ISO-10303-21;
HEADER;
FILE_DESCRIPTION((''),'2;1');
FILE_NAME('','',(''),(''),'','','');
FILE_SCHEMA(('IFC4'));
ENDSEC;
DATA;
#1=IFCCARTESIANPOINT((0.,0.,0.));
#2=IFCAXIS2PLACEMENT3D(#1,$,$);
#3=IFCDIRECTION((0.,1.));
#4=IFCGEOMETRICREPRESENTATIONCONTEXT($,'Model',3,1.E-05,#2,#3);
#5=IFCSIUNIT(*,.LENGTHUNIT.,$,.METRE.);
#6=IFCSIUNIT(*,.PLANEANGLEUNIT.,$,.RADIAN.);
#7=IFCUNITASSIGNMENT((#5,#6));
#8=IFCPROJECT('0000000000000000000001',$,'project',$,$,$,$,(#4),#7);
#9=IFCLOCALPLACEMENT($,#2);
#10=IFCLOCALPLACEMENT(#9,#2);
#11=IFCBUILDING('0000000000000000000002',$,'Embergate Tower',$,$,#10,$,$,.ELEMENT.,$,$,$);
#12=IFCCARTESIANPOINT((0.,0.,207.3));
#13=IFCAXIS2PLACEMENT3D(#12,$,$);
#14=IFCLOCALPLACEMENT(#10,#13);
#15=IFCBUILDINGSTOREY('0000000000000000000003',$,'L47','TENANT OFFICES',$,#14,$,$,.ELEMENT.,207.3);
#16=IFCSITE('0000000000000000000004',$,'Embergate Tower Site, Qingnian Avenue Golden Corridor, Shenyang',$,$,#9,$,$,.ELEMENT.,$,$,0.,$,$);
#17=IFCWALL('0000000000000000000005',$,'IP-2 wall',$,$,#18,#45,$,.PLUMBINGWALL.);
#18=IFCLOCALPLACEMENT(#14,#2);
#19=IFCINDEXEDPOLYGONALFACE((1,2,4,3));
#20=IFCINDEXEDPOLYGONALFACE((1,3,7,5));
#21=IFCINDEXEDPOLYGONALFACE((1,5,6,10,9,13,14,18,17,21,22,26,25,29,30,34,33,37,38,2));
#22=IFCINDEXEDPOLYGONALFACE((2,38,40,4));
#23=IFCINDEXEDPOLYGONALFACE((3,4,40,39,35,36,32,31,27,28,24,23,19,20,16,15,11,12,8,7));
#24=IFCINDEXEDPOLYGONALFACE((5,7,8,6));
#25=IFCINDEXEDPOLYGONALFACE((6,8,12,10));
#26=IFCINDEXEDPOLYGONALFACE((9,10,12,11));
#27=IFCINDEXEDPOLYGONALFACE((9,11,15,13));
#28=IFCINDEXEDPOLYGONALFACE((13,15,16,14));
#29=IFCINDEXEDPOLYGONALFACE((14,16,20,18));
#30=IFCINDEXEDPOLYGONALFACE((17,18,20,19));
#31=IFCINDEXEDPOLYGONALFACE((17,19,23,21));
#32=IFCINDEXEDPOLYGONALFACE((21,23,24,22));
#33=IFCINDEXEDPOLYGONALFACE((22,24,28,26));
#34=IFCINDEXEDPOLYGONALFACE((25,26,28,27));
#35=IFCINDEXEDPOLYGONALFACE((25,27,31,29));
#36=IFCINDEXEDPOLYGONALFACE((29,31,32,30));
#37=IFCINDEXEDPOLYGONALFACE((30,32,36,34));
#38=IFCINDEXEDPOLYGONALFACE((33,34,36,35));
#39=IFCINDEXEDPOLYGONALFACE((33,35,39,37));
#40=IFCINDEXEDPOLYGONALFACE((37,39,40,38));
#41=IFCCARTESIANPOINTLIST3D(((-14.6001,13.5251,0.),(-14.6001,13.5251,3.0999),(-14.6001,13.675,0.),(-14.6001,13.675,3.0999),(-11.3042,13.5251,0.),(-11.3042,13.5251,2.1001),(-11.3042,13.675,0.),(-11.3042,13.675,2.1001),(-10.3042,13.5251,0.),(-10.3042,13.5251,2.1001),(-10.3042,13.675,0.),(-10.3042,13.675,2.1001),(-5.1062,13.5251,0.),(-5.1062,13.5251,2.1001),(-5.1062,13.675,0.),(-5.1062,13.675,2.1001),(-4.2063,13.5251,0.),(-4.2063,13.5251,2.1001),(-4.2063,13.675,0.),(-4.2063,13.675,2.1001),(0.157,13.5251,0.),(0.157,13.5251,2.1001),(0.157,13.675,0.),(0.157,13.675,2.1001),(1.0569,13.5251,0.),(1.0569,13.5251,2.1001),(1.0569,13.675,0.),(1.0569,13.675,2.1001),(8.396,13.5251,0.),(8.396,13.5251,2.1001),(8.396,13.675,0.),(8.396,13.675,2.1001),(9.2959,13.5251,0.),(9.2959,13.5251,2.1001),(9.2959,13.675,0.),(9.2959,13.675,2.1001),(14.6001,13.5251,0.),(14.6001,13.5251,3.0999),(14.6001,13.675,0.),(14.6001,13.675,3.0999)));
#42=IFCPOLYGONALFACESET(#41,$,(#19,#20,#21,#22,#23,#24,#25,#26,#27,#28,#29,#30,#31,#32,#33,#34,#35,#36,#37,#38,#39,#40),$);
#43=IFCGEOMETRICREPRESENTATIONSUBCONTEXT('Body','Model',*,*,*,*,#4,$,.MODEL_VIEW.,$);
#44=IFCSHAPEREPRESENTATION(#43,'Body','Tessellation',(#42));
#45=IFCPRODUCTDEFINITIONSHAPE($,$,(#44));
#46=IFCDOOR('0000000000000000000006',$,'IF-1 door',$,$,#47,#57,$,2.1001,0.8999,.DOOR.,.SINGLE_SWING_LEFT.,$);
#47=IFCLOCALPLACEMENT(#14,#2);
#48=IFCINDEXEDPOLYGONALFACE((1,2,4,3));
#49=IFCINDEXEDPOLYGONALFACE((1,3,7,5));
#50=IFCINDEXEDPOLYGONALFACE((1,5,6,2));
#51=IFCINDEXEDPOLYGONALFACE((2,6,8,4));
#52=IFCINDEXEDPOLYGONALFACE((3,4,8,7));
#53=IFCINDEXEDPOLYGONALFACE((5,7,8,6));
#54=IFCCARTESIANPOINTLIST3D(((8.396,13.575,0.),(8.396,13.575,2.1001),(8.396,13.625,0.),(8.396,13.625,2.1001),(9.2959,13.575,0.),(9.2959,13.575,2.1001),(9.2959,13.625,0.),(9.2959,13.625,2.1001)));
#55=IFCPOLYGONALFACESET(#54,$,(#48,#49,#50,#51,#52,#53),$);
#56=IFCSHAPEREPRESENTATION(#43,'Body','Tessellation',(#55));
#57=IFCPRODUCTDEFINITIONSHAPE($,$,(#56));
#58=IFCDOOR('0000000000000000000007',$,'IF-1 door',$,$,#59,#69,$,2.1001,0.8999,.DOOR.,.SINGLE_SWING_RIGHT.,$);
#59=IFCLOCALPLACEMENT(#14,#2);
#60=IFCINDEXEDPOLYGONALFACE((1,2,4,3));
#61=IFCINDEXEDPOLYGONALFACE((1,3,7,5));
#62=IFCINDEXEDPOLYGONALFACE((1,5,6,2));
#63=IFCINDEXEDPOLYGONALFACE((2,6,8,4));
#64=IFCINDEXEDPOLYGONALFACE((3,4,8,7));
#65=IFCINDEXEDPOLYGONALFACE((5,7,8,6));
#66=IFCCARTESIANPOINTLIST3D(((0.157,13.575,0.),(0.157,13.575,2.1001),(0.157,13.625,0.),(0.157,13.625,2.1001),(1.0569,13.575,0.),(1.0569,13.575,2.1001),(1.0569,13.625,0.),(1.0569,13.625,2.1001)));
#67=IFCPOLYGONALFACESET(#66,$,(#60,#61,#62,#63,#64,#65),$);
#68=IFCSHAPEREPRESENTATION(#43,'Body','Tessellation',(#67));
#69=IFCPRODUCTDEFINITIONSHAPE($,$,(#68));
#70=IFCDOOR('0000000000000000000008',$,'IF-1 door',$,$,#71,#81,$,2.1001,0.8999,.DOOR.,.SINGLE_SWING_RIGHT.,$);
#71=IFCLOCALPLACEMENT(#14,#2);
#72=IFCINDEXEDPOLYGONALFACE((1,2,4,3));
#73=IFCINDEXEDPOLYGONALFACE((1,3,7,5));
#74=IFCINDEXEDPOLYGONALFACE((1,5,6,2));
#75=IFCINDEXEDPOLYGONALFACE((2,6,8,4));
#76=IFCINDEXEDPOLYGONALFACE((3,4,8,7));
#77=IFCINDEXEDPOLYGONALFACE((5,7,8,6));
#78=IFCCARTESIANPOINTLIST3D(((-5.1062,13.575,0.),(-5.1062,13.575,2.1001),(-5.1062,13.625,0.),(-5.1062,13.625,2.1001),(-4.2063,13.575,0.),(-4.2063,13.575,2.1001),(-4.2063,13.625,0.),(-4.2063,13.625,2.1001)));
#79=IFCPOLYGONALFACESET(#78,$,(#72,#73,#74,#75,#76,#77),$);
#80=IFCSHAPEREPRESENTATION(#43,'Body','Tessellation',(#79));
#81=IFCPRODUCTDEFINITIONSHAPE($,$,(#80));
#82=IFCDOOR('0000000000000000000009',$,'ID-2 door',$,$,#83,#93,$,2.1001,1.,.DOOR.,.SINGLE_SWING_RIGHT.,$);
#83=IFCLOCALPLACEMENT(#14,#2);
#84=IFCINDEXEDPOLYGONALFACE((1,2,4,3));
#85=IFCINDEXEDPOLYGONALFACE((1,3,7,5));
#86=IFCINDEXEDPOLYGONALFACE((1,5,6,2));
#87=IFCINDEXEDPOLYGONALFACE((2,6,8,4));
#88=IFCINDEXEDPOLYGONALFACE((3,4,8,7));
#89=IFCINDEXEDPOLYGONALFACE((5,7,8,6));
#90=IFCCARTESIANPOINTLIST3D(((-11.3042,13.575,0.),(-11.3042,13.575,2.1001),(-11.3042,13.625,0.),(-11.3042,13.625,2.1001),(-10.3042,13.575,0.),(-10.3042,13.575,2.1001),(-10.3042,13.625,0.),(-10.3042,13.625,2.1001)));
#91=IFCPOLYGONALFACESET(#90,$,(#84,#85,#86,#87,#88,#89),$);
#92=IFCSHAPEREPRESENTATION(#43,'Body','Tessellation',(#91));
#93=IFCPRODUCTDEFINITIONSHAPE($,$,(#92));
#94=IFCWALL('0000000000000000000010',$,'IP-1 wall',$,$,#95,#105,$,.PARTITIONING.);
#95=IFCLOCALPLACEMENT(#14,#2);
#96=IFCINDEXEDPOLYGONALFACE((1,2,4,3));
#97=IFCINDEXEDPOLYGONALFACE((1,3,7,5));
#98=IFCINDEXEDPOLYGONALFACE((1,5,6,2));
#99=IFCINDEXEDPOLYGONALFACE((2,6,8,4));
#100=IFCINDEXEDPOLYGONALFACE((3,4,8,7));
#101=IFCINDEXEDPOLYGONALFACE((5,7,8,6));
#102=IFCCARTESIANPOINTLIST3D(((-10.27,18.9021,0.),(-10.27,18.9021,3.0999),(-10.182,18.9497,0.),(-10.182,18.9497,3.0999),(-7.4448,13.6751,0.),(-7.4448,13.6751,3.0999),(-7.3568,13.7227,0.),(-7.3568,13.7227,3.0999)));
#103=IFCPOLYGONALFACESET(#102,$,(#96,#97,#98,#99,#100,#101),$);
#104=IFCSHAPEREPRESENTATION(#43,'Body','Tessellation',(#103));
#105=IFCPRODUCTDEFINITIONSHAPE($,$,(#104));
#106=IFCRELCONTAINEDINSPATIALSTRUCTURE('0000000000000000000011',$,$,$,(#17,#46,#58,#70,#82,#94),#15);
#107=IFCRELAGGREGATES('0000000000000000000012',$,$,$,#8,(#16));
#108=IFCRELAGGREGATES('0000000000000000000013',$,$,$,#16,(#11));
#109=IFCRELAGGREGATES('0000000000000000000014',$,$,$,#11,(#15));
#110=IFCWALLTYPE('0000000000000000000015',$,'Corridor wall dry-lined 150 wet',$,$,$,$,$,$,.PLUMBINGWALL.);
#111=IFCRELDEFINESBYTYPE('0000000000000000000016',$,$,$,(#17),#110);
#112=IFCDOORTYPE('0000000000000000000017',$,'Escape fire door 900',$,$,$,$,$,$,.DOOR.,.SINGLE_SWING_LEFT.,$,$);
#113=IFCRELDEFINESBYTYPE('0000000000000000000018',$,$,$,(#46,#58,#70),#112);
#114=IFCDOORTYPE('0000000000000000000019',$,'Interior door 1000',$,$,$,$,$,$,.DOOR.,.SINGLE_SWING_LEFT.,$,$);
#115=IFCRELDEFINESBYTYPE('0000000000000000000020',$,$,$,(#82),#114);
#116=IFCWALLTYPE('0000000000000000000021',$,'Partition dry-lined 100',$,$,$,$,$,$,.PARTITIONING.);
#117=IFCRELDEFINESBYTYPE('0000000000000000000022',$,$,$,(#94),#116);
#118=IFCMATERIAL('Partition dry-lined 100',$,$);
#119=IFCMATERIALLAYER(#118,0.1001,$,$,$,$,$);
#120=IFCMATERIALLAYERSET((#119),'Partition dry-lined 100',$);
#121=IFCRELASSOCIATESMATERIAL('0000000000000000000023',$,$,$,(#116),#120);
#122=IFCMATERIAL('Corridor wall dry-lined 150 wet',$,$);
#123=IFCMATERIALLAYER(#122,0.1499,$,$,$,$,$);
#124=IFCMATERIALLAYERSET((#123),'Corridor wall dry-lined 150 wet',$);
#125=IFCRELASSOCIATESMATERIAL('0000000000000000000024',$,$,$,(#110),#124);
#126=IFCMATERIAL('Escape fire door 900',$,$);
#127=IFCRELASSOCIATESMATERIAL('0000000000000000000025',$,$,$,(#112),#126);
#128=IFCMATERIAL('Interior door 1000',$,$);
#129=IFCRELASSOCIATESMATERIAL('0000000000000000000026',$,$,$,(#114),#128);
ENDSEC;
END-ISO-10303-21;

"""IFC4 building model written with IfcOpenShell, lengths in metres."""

from ifc_helpers import new_model, si_unit, direction, frame, frame_2d, origin, place, context, subcontext, project, spatial, rectangle, extrude, source, transform, mapped, material, layer, layer_set, type_object, element, fill, save


model = new_model("IFC4")

# Units and contexts
model_context = context("Model", 3, precision=1e-05, world=origin(), true_north=direction((0.0, 1.0)))
body_context = subcontext(model_context, "Body", "Model", "MODEL_VIEW")
ifc_project = project(units=[si_unit("LENGTHUNIT", "METRE"), si_unit("PLANEANGLEUNIT", "RADIAN")], contexts=[model_context])

# Site, building, storey
site_placement = place(None, origin())
site = spatial("IfcSite", under=ifc_project, at=site_placement, Name="Embergate Tower Site, Qingnian Avenue Golden Corridor, Shenyang", CompositionType="ELEMENT", RefElevation=0.0)
building_placement = place(site_placement, origin())
building = spatial("IfcBuilding", under=site, at=building_placement, Name="Embergate Tower", CompositionType="ELEMENT")
storey_placement = place(building_placement, frame((0.0, 0.0, 207.3)))
storey = spatial("IfcBuildingStorey", under=building, at=storey_placement, Name="L47", Description="TENANT OFFICES", CompositionType="ELEMENT", Elevation=207.3)

# Shared definitions
ifc_material_1 = material(Name="Partition dry-lined 100")
ifc_layer_1 = layer(ifc_material_1, 0.1001)
ifc_layer_set_1 = layer_set([ifc_layer_1], Name="Partition dry-lined 100")
wall_type_1 = type_object("IfcWallType", Name="Partition dry-lined 100", PredefinedType="PARTITIONING", material=ifc_layer_set_1)

# Wall, openings, doors
ifc_material_2 = material(Name="Corridor wall dry-lined 150 wet")
ifc_layer_2 = layer(ifc_material_2, 0.1499)
ifc_layer_set_2 = layer_set([ifc_layer_2], Name="Corridor wall dry-lined 150 wet")
wall_type_2 = type_object("IfcWallType", Name="Corridor wall dry-lined 150 wet", PredefinedType="PLUMBINGWALL", material=ifc_layer_set_2)
shared_shape_1 = source(origin(), body_context, "Body", "SweptSolid", [
    extrude(rectangle(XDim=29.2002, YDim=0.1499, at=frame_2d((14.6001, 0.0))), origin(), (0.0, 0.0, 1.0), 3.0999),
])
wall_1_placement = place(storey_placement, frame((-14.6001, 13.6001, 0.0), z_axis=(0.0, 0.0, 1.0), x_axis=(1.0, 0.0, 0.0)))
wall_1 = element("IfcWall", 1, at=wall_1_placement, inside=storey, type_object=wall_type_2, Name="IP-2 wall", PredefinedType="PLUMBINGWALL", context=body_context, shape_type="MappedRepresentation", body=[
    mapped(shared_shape_1, transform((0.0, 0.0, 0.0))),
])
shared_shape_2 = source(origin(), body_context, "Body", "SweptSolid", [
    extrude(rectangle(XDim=0.8999, YDim=2.1001, at=frame_2d((0.45, 1.05))), frame((0.0, 0.085, 0.0), z_axis=(0.0, -1.0, 0.0), x_axis=(1.0, 0.0, 0.0)), (0.0, 0.0, 1.0), 0.1699),
])
opening_1_placement = place(wall_1_placement, frame((22.9961, 0.0, 0.0)))
opening_1 = element("IfcOpeningElement", 2, at=opening_1_placement, cuts=wall_1, PredefinedType="OPENING", context=body_context, shape_type="MappedRepresentation", body=[
    mapped(shared_shape_2, transform((0.0, 0.0, 0.0))),
])
opening_2_placement = place(wall_1_placement, frame((14.7571, 0.0, 0.0)))
opening_2 = element("IfcOpeningElement", 3, at=opening_2_placement, cuts=wall_1, PredefinedType="OPENING", context=body_context, shape_type="MappedRepresentation", body=[
    mapped(shared_shape_2, transform((0.0, 0.0, 0.0))),
])
opening_3_placement = place(wall_1_placement, frame((9.4939, 0.0, 0.0)))
opening_3 = element("IfcOpeningElement", 4, at=opening_3_placement, cuts=wall_1, PredefinedType="OPENING", context=body_context, shape_type="MappedRepresentation", body=[
    mapped(shared_shape_2, transform((0.0, 0.0, 0.0))),
])
shared_shape_3 = source(origin(), body_context, "Body", "SweptSolid", [
    extrude(rectangle(XDim=1.0, YDim=2.1001, at=frame_2d((0.5, 1.05))), frame((0.0, 0.085, 0.0), z_axis=(0.0, -1.0, 0.0), x_axis=(1.0, 0.0, 0.0)), (0.0, 0.0, 1.0), 0.1699),
])
opening_4_placement = place(wall_1_placement, frame((3.2959, 0.0, 0.0)))
opening_4 = element("IfcOpeningElement", 5, at=opening_4_placement, cuts=wall_1, PredefinedType="OPENING", context=body_context, shape_type="MappedRepresentation", body=[
    mapped(shared_shape_3, transform((0.0, 0.0, 0.0))),
])
ifc_material_3 = material(Name="Escape fire door 900")
door_type_1 = type_object("IfcDoorType", Name="Escape fire door 900", OperationType="SINGLE_SWING_LEFT", PredefinedType="DOOR", material=ifc_material_3)
shared_shape_4 = source(origin(), body_context, "Body", "SweptSolid", [
    extrude(rectangle(XDim=0.8999, YDim=2.1001, at=frame_2d((0.45, 1.05))), frame((0.0, 0.0249, 0.0), z_axis=(0.0, -1.0, 0.0), x_axis=(1.0, 0.0, 0.0)), (0.0, 0.0, 1.0), 0.05),
])
door_1_placement = place(opening_1_placement, origin())
door_1 = element("IfcDoor", 6, at=door_1_placement, inside=storey, type_object=door_type_1, Name="IF-1 door", OperationType="SINGLE_SWING_LEFT", OverallHeight=2.1001, OverallWidth=0.8999, PredefinedType="DOOR", context=body_context, shape_type="MappedRepresentation", body=[
    mapped(shared_shape_4, transform((0.0, 0.0, 0.0))),
])
fill(opening_1, door_1)
door_2_placement = place(opening_2_placement, origin())
door_2 = element("IfcDoor", 7, at=door_2_placement, inside=storey, type_object=door_type_1, Name="IF-1 door", OperationType="SINGLE_SWING_RIGHT", OverallHeight=2.1001, OverallWidth=0.8999, PredefinedType="DOOR", context=body_context, shape_type="MappedRepresentation", body=[
    mapped(shared_shape_4, transform((0.0, 0.0, 0.0))),
])
fill(opening_2, door_2)
door_3_placement = place(opening_3_placement, origin())
door_3 = element("IfcDoor", 8, at=door_3_placement, inside=storey, type_object=door_type_1, Name="IF-1 door", OperationType="SINGLE_SWING_RIGHT", OverallHeight=2.1001, OverallWidth=0.8999, PredefinedType="DOOR", context=body_context, shape_type="MappedRepresentation", body=[
    mapped(shared_shape_4, transform((0.0, 0.0, 0.0))),
])
fill(opening_3, door_3)
ifc_material_4 = material(Name="Interior door 1000")
door_type_2 = type_object("IfcDoorType", Name="Interior door 1000", OperationType="SINGLE_SWING_LEFT", PredefinedType="DOOR", material=ifc_material_4)
shared_shape_5 = source(origin(), body_context, "Body", "SweptSolid", [
    extrude(rectangle(XDim=1.0, YDim=2.1001, at=frame_2d((0.5, 1.05))), frame((0.0, 0.0249, 0.0), z_axis=(0.0, -1.0, 0.0), x_axis=(1.0, 0.0, 0.0)), (0.0, 0.0, 1.0), 0.05),
])
door_4_placement = place(opening_4_placement, origin())
door_4 = element("IfcDoor", 9, at=door_4_placement, inside=storey, type_object=door_type_2, Name="ID-2 door", OperationType="SINGLE_SWING_RIGHT", OverallHeight=2.1001, OverallWidth=1.0, PredefinedType="DOOR", context=body_context, shape_type="MappedRepresentation", body=[
    mapped(shared_shape_5, transform((0.0, 0.0, 0.0))),
])
fill(opening_4, door_4)

# Wall
shared_shape_6 = source(origin(), body_context, "Body", "SweptSolid", [
    extrude(rectangle(XDim=5.9417, YDim=0.1001, at=frame_2d((2.9707, 0.0))), origin(), (0.0, 0.0, 1.0), 3.0999),
])
wall_2_placement = place(storey_placement, frame((-7.4009, 13.699, 0.0), z_axis=(0.0, 0.0, 1.0), x_axis=(-0.475486, 0.879723, 0.0)))
element("IfcWall", 10, at=wall_2_placement, inside=storey, type_object=wall_type_1, Name="IP-1 wall", PredefinedType="PARTITIONING", context=body_context, shape_type="MappedRepresentation", body=[
    mapped(shared_shape_6, transform((0.0, 0.0, 0.0))),
])

save(model, "model.ifc")
